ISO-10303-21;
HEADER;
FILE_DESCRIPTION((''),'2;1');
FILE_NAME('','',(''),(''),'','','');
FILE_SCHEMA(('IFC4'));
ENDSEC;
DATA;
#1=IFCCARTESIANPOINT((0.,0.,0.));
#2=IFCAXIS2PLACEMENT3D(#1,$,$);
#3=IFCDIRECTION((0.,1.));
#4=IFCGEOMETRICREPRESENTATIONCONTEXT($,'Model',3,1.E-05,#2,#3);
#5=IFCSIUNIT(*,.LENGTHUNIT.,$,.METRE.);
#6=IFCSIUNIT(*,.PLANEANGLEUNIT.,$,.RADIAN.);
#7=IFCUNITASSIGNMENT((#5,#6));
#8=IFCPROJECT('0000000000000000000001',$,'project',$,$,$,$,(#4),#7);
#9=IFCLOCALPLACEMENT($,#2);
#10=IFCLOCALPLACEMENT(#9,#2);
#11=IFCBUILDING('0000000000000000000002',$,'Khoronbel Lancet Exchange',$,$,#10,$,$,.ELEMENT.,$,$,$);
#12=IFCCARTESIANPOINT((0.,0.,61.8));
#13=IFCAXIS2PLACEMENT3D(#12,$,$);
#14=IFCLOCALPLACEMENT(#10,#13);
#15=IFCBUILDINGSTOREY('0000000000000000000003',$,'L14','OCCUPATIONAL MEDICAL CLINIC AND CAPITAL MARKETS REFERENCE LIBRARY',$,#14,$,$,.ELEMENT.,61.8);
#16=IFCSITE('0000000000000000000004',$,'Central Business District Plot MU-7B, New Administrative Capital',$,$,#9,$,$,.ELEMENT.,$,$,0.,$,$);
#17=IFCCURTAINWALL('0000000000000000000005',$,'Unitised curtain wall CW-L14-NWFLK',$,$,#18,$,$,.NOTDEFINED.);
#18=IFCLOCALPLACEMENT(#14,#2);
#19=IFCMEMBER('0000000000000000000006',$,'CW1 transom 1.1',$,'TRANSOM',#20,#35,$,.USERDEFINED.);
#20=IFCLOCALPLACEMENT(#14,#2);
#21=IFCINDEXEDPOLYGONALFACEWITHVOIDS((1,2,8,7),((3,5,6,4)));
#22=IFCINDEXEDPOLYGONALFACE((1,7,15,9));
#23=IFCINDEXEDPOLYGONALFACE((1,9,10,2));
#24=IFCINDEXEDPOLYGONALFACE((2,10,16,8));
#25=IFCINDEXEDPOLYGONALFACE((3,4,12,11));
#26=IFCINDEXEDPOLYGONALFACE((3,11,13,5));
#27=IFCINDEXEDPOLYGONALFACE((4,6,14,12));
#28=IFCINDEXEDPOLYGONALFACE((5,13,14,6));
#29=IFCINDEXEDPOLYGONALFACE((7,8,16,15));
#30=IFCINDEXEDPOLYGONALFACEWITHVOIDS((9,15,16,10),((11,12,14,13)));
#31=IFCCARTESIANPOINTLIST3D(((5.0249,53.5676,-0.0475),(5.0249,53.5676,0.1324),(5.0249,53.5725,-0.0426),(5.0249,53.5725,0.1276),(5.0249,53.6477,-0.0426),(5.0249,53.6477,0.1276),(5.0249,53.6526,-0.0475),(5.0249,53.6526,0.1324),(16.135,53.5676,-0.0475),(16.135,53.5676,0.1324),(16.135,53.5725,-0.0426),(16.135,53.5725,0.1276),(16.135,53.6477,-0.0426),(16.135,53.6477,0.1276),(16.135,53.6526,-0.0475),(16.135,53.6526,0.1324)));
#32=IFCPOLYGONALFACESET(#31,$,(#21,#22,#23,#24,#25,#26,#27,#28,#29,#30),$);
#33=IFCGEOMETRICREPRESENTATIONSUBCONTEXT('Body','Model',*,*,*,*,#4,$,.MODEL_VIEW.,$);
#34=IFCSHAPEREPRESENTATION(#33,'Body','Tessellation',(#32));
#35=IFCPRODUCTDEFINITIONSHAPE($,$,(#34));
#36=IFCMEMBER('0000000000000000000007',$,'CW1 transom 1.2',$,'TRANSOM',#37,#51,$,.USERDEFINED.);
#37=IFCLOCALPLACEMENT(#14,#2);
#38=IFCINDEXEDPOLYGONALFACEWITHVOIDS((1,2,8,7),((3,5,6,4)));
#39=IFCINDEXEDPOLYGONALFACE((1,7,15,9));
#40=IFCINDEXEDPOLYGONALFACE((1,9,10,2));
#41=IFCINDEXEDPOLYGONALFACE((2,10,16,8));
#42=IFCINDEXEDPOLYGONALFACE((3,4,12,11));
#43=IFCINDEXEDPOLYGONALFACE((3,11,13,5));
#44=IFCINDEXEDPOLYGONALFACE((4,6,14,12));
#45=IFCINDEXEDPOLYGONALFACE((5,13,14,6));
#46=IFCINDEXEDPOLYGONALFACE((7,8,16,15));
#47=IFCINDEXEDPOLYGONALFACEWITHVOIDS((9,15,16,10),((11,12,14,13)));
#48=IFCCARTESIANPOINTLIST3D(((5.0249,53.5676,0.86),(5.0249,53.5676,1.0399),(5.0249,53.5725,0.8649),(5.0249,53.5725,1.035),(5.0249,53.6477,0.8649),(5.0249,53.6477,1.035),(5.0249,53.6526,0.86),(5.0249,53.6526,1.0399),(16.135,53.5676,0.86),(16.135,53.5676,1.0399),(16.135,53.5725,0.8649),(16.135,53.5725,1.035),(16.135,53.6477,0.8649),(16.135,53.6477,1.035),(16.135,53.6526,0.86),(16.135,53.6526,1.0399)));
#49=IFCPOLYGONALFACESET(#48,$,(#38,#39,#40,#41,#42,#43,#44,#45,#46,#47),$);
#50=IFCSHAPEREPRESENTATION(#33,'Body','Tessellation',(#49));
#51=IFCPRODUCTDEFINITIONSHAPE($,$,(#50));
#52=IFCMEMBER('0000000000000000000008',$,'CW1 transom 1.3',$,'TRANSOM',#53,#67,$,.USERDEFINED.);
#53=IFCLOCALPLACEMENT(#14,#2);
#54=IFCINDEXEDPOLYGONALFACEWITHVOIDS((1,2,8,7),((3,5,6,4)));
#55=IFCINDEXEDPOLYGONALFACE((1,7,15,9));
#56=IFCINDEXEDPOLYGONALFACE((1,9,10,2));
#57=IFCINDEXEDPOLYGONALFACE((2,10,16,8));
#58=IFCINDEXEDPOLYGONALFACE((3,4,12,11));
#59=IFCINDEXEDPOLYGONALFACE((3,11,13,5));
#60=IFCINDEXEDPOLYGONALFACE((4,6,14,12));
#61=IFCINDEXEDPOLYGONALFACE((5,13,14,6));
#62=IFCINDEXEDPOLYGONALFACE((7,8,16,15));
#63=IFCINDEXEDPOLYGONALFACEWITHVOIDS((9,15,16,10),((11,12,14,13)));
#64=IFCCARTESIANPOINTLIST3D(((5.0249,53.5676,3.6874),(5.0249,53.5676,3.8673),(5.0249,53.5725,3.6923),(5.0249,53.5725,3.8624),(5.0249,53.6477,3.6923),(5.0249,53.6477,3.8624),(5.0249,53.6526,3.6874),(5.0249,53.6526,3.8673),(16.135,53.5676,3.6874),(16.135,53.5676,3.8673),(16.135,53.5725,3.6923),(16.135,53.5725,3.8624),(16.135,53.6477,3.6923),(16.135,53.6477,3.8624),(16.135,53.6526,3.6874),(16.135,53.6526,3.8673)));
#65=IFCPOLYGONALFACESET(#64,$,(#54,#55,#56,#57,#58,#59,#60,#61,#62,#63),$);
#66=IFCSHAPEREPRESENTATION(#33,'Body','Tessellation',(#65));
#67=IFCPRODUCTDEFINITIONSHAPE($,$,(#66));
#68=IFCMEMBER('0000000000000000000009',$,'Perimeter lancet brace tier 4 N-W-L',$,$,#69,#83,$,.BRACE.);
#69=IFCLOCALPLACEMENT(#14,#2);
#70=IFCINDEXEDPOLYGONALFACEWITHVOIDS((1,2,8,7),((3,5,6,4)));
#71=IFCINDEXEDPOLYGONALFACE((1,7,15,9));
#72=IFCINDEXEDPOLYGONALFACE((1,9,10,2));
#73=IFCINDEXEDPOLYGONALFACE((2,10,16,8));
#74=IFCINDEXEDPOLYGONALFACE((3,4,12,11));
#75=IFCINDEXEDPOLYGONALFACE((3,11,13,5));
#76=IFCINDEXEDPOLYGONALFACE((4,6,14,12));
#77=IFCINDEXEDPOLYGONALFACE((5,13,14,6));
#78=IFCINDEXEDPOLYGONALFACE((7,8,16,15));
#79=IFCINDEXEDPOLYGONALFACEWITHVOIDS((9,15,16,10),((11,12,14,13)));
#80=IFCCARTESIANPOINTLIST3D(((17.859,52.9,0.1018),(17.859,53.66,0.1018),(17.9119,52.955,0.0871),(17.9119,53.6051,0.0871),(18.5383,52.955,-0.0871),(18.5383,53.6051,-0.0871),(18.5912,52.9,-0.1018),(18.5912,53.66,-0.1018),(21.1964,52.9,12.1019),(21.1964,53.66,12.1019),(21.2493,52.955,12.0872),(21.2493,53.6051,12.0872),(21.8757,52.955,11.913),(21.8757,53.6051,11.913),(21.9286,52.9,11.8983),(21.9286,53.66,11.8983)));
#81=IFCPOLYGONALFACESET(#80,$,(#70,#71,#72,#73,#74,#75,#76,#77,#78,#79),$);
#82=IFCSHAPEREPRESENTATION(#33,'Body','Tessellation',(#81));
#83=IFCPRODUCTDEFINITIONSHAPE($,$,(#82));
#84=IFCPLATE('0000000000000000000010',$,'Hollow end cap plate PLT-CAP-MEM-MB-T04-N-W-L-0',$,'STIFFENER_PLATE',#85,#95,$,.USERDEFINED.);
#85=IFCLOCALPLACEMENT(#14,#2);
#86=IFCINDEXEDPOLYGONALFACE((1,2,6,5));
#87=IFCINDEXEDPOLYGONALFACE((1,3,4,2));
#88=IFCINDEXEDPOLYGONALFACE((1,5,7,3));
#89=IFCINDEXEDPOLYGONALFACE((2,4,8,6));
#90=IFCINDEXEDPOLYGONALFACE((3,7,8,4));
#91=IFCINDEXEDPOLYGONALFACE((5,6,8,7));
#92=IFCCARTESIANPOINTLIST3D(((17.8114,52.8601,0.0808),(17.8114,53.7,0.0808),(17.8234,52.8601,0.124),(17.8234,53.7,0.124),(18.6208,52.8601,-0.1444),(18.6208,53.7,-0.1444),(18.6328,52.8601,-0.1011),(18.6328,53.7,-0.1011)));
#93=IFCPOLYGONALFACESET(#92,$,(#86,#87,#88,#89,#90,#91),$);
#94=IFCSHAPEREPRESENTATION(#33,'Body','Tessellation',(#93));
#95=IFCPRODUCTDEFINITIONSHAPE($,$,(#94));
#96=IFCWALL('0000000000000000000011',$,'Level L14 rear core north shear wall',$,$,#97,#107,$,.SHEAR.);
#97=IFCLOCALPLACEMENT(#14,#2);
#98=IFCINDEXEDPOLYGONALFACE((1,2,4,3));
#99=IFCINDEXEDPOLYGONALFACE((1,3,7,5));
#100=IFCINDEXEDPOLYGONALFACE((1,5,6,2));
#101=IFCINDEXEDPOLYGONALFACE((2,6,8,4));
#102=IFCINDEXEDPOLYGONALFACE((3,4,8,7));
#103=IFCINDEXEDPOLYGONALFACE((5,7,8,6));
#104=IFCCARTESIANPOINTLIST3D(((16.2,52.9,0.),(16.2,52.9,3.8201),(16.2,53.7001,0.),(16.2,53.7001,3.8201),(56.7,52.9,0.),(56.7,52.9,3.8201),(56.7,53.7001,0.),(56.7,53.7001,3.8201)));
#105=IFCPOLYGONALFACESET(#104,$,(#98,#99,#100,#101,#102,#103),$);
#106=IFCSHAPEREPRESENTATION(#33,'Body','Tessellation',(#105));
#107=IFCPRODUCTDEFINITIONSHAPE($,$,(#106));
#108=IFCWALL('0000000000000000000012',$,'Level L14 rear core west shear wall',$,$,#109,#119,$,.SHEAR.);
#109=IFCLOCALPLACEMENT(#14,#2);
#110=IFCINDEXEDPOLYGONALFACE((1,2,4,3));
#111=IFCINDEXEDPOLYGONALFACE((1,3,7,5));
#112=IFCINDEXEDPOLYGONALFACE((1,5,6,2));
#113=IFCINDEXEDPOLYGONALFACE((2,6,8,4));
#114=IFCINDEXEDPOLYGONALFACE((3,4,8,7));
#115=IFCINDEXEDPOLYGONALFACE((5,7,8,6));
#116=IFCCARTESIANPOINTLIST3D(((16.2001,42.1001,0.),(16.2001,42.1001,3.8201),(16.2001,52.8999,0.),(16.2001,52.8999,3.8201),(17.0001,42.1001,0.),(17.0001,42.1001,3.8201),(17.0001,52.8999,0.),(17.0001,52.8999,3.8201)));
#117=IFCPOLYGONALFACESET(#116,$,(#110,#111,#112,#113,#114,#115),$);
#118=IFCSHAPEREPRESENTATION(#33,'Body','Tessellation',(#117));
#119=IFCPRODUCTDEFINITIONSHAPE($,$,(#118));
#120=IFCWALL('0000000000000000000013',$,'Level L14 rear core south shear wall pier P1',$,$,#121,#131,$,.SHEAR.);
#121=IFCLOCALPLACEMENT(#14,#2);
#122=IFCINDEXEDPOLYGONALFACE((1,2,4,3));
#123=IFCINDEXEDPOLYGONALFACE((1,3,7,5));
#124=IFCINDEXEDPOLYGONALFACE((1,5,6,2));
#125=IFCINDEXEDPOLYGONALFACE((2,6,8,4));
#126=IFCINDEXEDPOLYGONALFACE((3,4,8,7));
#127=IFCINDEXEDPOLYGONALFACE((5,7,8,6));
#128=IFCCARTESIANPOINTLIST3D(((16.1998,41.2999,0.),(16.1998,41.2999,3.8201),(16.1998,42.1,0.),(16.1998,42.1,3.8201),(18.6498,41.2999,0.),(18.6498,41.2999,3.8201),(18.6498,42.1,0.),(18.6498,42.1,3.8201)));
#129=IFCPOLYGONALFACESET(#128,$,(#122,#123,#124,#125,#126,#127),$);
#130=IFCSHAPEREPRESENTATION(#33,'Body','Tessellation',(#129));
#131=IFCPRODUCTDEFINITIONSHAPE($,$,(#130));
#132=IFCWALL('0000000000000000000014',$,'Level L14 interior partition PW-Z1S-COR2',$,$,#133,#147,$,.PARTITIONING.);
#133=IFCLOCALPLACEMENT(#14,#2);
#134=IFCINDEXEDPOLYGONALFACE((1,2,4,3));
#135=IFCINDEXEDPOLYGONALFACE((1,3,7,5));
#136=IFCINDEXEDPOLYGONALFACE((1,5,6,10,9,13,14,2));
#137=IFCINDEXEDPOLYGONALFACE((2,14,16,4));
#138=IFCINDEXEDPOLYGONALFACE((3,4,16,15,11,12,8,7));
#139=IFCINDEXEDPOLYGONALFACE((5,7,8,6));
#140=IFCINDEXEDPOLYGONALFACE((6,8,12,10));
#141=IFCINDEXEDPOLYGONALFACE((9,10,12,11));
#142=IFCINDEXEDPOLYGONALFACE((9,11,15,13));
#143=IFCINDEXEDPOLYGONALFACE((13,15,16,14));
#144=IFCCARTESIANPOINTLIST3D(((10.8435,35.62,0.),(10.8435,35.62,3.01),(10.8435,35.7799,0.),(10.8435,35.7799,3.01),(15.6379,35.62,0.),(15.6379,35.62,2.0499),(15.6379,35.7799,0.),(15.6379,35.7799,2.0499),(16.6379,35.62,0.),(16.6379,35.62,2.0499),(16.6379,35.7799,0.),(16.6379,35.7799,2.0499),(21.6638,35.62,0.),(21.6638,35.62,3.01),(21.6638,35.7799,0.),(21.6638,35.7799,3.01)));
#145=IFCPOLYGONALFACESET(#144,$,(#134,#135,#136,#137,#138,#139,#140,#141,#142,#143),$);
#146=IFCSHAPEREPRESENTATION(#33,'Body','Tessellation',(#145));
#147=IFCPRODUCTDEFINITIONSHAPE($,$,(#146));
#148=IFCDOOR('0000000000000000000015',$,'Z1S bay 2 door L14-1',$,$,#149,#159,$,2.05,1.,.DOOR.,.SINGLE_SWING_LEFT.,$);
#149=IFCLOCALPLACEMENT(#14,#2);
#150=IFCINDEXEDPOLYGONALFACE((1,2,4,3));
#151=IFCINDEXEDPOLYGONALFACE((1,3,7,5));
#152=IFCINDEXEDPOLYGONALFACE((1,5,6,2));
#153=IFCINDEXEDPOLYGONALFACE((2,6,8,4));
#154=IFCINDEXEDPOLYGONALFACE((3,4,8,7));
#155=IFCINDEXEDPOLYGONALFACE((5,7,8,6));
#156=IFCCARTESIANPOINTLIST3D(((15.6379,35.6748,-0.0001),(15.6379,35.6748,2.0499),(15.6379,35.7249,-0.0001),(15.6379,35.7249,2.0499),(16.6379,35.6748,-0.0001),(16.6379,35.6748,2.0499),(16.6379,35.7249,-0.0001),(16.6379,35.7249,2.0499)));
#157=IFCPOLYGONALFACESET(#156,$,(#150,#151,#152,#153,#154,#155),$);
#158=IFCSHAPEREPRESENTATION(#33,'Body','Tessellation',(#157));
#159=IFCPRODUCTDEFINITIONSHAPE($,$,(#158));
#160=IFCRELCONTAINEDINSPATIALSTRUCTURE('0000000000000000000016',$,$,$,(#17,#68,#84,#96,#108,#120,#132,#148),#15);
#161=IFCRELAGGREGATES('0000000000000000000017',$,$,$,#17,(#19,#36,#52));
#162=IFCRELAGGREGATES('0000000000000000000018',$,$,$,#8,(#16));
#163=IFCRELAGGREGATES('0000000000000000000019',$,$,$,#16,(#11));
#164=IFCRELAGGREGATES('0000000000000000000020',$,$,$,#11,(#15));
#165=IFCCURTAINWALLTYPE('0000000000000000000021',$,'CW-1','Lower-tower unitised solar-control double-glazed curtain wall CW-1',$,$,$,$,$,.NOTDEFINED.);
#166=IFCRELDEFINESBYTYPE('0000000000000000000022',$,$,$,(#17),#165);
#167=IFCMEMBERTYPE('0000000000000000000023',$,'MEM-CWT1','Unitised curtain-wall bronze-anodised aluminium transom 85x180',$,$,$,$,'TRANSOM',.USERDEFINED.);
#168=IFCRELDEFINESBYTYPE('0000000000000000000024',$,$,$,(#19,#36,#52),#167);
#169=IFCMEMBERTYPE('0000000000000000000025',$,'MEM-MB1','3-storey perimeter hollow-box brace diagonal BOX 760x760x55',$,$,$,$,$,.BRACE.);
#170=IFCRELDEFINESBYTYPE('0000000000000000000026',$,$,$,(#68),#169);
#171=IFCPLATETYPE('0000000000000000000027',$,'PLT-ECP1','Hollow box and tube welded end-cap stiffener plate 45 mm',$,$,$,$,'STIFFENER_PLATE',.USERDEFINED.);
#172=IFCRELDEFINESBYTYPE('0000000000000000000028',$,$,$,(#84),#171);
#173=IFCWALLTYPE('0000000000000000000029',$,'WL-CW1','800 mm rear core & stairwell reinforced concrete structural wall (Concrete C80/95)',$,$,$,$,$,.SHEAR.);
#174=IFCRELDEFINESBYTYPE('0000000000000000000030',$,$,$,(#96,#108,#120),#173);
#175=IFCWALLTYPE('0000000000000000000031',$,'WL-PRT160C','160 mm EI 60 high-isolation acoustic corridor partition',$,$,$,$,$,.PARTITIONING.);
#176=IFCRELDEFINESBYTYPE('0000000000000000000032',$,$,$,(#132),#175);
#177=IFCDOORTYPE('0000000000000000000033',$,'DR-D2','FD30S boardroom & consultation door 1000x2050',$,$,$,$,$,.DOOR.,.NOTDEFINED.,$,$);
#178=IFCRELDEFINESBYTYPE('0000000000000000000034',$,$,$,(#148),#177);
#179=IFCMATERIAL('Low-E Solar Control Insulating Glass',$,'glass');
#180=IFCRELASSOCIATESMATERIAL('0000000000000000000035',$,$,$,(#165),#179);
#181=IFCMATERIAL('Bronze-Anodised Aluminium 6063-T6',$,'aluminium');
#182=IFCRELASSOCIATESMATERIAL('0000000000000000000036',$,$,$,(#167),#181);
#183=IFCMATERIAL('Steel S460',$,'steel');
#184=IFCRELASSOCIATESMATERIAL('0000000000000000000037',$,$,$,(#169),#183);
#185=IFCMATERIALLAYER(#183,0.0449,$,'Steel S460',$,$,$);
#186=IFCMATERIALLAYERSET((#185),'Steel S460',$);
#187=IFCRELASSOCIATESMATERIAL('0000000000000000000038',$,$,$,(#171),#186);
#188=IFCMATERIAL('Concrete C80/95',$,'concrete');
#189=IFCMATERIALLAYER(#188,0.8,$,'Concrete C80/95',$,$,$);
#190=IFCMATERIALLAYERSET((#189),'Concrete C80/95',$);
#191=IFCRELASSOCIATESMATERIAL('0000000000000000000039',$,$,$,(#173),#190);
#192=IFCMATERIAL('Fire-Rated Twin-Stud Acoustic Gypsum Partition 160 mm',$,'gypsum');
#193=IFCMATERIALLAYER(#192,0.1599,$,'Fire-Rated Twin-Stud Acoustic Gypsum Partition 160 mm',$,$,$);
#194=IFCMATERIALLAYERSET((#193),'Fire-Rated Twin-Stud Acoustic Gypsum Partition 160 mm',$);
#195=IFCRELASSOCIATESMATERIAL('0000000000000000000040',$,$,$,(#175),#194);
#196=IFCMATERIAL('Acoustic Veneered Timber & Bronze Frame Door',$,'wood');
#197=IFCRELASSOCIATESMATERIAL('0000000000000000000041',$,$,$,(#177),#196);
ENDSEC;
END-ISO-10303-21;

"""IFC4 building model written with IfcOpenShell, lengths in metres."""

from ifc_helpers import new_model, si_unit, direction, frame, frame_2d, origin, origin_2d, place, context, subcontext, project, spatial, polyline, rectangle, hollow_rectangle, outline, extrude, material, layer, layer_set, material_profile, profile_set, type_object, element, fill, aggregate, save


model = new_model("IFC4")

# Units and contexts
model_context = context("Model", 3, precision=1e-05, world=origin(), true_north=direction((0.0, 1.0)))
body_context = subcontext(model_context, "Body", "Model", "MODEL_VIEW")
ifc_project = project(units=[si_unit("LENGTHUNIT", "METRE"), si_unit("PLANEANGLEUNIT", "RADIAN")], contexts=[model_context])

# Site, building, storey
site_placement = place(None, origin())
site = spatial("IfcSite", under=ifc_project, at=site_placement, Name="Central Business District Plot MU-7B, New Administrative Capital", CompositionType="ELEMENT", RefElevation=0.0)
building_placement = place(site_placement, origin())
building = spatial("IfcBuilding", under=site, at=building_placement, Name="Khoronbel Lancet Exchange", CompositionType="ELEMENT")
storey_placement = place(building_placement, frame((0.0, 0.0, 61.8)))
storey = spatial("IfcBuildingStorey", under=building, at=storey_placement, Name="L14", Description="OCCUPATIONAL MEDICAL CLINIC AND CAPITAL MARKETS REFERENCE LIBRARY", CompositionType="ELEMENT", Elevation=61.8)

# Shared definitions
ifc_material_1 = material(Name="Steel S460", Category="steel")

# Shared definitions
ifc_material_2 = material(Name="Concrete C80/95", Category="concrete")

# Curtain wall, members
ifc_material_3 = material(Name="Low-E Solar Control Insulating Glass", Category="glass")
curtain_wall_type = type_object("IfcCurtainWallType", Name="CW-1", Description="Lower-tower unitised solar-control double-glazed curtain wall CW-1", PredefinedType="NOTDEFINED", material=ifc_material_3)
curtain_wall_placement = place(storey_placement, origin())
curtain_wall = element("IfcCurtainWall", 1, at=curtain_wall_placement, inside=storey, type_object=curtain_wall_type, Name="Unitised curtain wall CW-L14-NWFLK", PredefinedType="NOTDEFINED")
ifc_material_4 = material(Name="Bronze-Anodised Aluminium 6063-T6", Category="aluminium")
ifc_material_profile_1 = material_profile(ifc_material_4, hollow_rectangle(XDim=0.085, YDim=0.1799, WallThickness=0.0049, at=origin_2d()), Name="ALU TRANSOM 85x180")
ifc_profile_set_1 = profile_set([ifc_material_profile_1], Name="Bronze-Anodised Aluminium 6063-T6")
member_type_1 = type_object("IfcMemberType", Name="MEM-CWT1", Description="Unitised curtain-wall bronze-anodised aluminium transom 85x180", ElementType="TRANSOM", PredefinedType="USERDEFINED", material=ifc_profile_set_1)
member_1_placement = place(storey_placement, frame((16.135, 53.6101, 0.0425), z_axis=(-1.0, 0.0, 0.0), x_axis=(0.0, -1.0, 0.0)))
member_1 = element("IfcMember", 2, at=member_1_placement, type_object=member_type_1, Name="CW1 transom 1.1", ObjectType="TRANSOM", PredefinedType="USERDEFINED", context=body_context, shape_type="SweptSolid", body=[
    extrude(hollow_rectangle(XDim=0.085, YDim=0.1799, WallThickness=0.0049, at=origin_2d()), origin(), (0.0, 0.0, 1.0), 11.1101),
])
member_2_placement = place(storey_placement, frame((16.135, 53.6101, 0.95), z_axis=(-1.0, 0.0, 0.0), x_axis=(0.0, -1.0, 0.0)))
member_2 = element("IfcMember", 3, at=member_2_placement, type_object=member_type_1, Name="CW1 transom 1.2", ObjectType="TRANSOM", PredefinedType="USERDEFINED", context=body_context, shape_type="SweptSolid", body=[
    extrude(hollow_rectangle(XDim=0.085, YDim=0.1799, WallThickness=0.0049, at=origin_2d()), origin(), (0.0, 0.0, 1.0), 11.1101),
])
member_3_placement = place(storey_placement, frame((16.135, 53.6101, 3.7773), z_axis=(-1.0, 0.0, 0.0), x_axis=(0.0, -1.0, 0.0)))
member_3 = element("IfcMember", 4, at=member_3_placement, type_object=member_type_1, Name="CW1 transom 1.3", ObjectType="TRANSOM", PredefinedType="USERDEFINED", context=body_context, shape_type="SweptSolid", body=[
    extrude(hollow_rectangle(XDim=0.085, YDim=0.1799, WallThickness=0.0049, at=origin_2d()), origin(), (0.0, 0.0, 1.0), 11.1101),
])
aggregate(curtain_wall, [member_1, member_2, member_3])

# Member
ifc_material_profile_2 = material_profile(ifc_material_1, hollow_rectangle(XDim=0.76, YDim=0.76, WallThickness=0.0549, at=origin_2d()), Name="BOX 760x760x55")
ifc_profile_set_2 = profile_set([ifc_material_profile_2], Name="Steel S460")
member_type_2 = type_object("IfcMemberType", Name="MEM-MB1", Description="3-storey perimeter hollow-box brace diagonal BOX 760x760x55", PredefinedType="BRACE", material=ifc_profile_set_2)
member_4_placement = place(storey_placement, frame((18.2251, 53.28, 0.0), z_axis=(0.267947, 0.0, 0.963434), x_axis=(0.0, 1.0, 0.0)))
element("IfcMember", 5, at=member_4_placement, inside=storey, type_object=member_type_2, Name="Perimeter lancet brace tier 4 N-W-L", PredefinedType="BRACE", context=body_context, shape_type="SweptSolid", body=[
    extrude(hollow_rectangle(XDim=0.76, YDim=0.76, WallThickness=0.0549, at=origin_2d()), origin(), (0.0, 0.0, 1.0), 12.4556),
])

# Plate
ifc_layer_1 = layer(ifc_material_1, 0.0449, Name="Steel S460")
ifc_layer_set_1 = layer_set([ifc_layer_1], Name="Steel S460")
plate_type = type_object("IfcPlateType", Name="PLT-ECP1", Description="Hollow box and tube welded end-cap stiffener plate 45 mm", ElementType="STIFFENER_PLATE", PredefinedType="USERDEFINED", material=ifc_layer_set_1)
plate_placement = place(storey_placement, frame((18.6328, 52.8601, -0.1011), z_axis=(0.267959, 0.0, 0.96343), x_axis=(0.0, 1.0, 0.0)))
element("IfcPlate", 6, at=plate_placement, inside=storey, type_object=plate_type, Name="Hollow end cap plate PLT-CAP-MEM-MB-T04-N-W-L-0", ObjectType="STIFFENER_PLATE", PredefinedType="USERDEFINED", context=body_context, shape_type="SweptSolid", body=[
    extrude(outline(polyline([(0.0, 0.0), (0.8398, 0.0), (0.8398, 0.8401), (0.0, 0.8401), (0.0, 0.0)])), origin(), (0.0, 0.0, -1.0), 0.0449),
])

# Walls
ifc_layer_2 = layer(ifc_material_2, 0.8, Name="Concrete C80/95")
ifc_layer_set_2 = layer_set([ifc_layer_2], Name="Concrete C80/95")
wall_type_1 = type_object("IfcWallType", Name="WL-CW1", Description="800 mm rear core & stairwell reinforced concrete structural wall (Concrete C80/95)", PredefinedType="SHEAR", material=ifc_layer_set_2)
wall_1_placement = place(storey_placement, frame((16.2, 53.3, 0.0), z_axis=(0.0, 0.0, 1.0), x_axis=(1.0, 0.0, 0.0)))
element("IfcWall", 7, at=wall_1_placement, inside=storey, type_object=wall_type_1, Name="Level L14 rear core north shear wall", PredefinedType="SHEAR", context=body_context, shape_type="SweptSolid", body=[
    extrude(rectangle(XDim=40.5, YDim=0.8, at=frame_2d((20.25, 0.0))), origin(), (0.0, 0.0, 1.0), 3.8201),
])
wall_2_placement = place(storey_placement, frame((16.6001, 42.1001, 0.0), z_axis=(0.0, 0.0, 1.0), x_axis=(0.0, 1.0, 0.0)))
element("IfcWall", 8, at=wall_2_placement, inside=storey, type_object=wall_type_1, Name="Level L14 rear core west shear wall", PredefinedType="SHEAR", context=body_context, shape_type="SweptSolid", body=[
    extrude(rectangle(XDim=10.7998, YDim=0.8, at=frame_2d((5.3999, 0.0))), origin(), (0.0, 0.0, 1.0), 3.8201),
])
wall_3_placement = place(storey_placement, frame((18.6499, 41.7, 0.0), z_axis=(0.0, 0.0, 1.0), x_axis=(-1.0, 0.0, 0.0)))
element("IfcWall", 9, at=wall_3_placement, inside=storey, type_object=wall_type_1, Name="Level L14 rear core south shear wall pier P1", PredefinedType="SHEAR", context=body_context, shape_type="SweptSolid", body=[
    extrude(rectangle(XDim=2.45, YDim=0.8, at=frame_2d((1.2251, 0.0))), origin(), (0.0, 0.0, 1.0), 3.8201),
])

# Wall, opening, door
ifc_material_5 = material(Name="Fire-Rated Twin-Stud Acoustic Gypsum Partition 160 mm", Category="gypsum")
ifc_layer_3 = layer(ifc_material_5, 0.1599, Name="Fire-Rated Twin-Stud Acoustic Gypsum Partition 160 mm")
ifc_layer_set_3 = layer_set([ifc_layer_3], Name="Fire-Rated Twin-Stud Acoustic Gypsum Partition 160 mm")
wall_type_2 = type_object("IfcWallType", Name="WL-PRT160C", Description="160 mm EI 60 high-isolation acoustic corridor partition", PredefinedType="PARTITIONING", material=ifc_layer_set_3)
wall_4_placement = place(storey_placement, frame((10.8435, 35.7, 0.0), z_axis=(0.0, 0.0, 1.0), x_axis=(1.0, 0.0, 0.0)))
wall_4 = element("IfcWall", 10, at=wall_4_placement, inside=storey, type_object=wall_type_2, Name="Level L14 interior partition PW-Z1S-COR2", PredefinedType="PARTITIONING", context=body_context, shape_type="SweptSolid", body=[
    extrude(rectangle(XDim=10.8203, YDim=0.1599, at=frame_2d((5.4102, 0.0))), origin(), (0.0, 0.0, 1.0), 3.01),
])
opening_1_placement = place(wall_4_placement, frame((4.7944, 0.0, 0.0)))
opening_1 = element("IfcOpeningElement", 11, at=opening_1_placement, cuts=wall_4, PredefinedType="OPENING", context=body_context, shape_type="SweptSolid", body=[
    extrude(rectangle(XDim=1.0, YDim=2.05, at=frame_2d((0.5, 1.0249))), frame((0.0, 0.0898, 0.0), z_axis=(0.0, -1.0, 0.0), x_axis=(1.0, 0.0, 0.0)), (0.0, 0.0, 1.0), 0.1799),
])
ifc_material_6 = material(Name="Acoustic Veneered Timber & Bronze Frame Door", Category="wood")
door_type_1 = type_object("IfcDoorType", Name="DR-D2", Description="FD30S boardroom & consultation door 1000x2050", OperationType="NOTDEFINED", PredefinedType="DOOR", material=ifc_material_6)
door_1_placement = place(opening_1_placement, origin())
door_1 = element("IfcDoor", 12, at=door_1_placement, inside=storey, type_object=door_type_1, Name="Z1S bay 2 door L14-1", OperationType="SINGLE_SWING_LEFT", OverallHeight=2.05, OverallWidth=1.0, PredefinedType="DOOR", context=body_context, shape_type="SweptSolid", body=[
    extrude(rectangle(XDim=1.0, YDim=2.05, at=frame_2d((0.5, 1.0249))), frame((0.0, 0.0249, 0.0), z_axis=(0.0, -1.0, 0.0), x_axis=(1.0, 0.0, 0.0)), (0.0, 0.0, 1.0), 0.05),
])
fill(opening_1, door_1)

save(model, "model.ifc")
